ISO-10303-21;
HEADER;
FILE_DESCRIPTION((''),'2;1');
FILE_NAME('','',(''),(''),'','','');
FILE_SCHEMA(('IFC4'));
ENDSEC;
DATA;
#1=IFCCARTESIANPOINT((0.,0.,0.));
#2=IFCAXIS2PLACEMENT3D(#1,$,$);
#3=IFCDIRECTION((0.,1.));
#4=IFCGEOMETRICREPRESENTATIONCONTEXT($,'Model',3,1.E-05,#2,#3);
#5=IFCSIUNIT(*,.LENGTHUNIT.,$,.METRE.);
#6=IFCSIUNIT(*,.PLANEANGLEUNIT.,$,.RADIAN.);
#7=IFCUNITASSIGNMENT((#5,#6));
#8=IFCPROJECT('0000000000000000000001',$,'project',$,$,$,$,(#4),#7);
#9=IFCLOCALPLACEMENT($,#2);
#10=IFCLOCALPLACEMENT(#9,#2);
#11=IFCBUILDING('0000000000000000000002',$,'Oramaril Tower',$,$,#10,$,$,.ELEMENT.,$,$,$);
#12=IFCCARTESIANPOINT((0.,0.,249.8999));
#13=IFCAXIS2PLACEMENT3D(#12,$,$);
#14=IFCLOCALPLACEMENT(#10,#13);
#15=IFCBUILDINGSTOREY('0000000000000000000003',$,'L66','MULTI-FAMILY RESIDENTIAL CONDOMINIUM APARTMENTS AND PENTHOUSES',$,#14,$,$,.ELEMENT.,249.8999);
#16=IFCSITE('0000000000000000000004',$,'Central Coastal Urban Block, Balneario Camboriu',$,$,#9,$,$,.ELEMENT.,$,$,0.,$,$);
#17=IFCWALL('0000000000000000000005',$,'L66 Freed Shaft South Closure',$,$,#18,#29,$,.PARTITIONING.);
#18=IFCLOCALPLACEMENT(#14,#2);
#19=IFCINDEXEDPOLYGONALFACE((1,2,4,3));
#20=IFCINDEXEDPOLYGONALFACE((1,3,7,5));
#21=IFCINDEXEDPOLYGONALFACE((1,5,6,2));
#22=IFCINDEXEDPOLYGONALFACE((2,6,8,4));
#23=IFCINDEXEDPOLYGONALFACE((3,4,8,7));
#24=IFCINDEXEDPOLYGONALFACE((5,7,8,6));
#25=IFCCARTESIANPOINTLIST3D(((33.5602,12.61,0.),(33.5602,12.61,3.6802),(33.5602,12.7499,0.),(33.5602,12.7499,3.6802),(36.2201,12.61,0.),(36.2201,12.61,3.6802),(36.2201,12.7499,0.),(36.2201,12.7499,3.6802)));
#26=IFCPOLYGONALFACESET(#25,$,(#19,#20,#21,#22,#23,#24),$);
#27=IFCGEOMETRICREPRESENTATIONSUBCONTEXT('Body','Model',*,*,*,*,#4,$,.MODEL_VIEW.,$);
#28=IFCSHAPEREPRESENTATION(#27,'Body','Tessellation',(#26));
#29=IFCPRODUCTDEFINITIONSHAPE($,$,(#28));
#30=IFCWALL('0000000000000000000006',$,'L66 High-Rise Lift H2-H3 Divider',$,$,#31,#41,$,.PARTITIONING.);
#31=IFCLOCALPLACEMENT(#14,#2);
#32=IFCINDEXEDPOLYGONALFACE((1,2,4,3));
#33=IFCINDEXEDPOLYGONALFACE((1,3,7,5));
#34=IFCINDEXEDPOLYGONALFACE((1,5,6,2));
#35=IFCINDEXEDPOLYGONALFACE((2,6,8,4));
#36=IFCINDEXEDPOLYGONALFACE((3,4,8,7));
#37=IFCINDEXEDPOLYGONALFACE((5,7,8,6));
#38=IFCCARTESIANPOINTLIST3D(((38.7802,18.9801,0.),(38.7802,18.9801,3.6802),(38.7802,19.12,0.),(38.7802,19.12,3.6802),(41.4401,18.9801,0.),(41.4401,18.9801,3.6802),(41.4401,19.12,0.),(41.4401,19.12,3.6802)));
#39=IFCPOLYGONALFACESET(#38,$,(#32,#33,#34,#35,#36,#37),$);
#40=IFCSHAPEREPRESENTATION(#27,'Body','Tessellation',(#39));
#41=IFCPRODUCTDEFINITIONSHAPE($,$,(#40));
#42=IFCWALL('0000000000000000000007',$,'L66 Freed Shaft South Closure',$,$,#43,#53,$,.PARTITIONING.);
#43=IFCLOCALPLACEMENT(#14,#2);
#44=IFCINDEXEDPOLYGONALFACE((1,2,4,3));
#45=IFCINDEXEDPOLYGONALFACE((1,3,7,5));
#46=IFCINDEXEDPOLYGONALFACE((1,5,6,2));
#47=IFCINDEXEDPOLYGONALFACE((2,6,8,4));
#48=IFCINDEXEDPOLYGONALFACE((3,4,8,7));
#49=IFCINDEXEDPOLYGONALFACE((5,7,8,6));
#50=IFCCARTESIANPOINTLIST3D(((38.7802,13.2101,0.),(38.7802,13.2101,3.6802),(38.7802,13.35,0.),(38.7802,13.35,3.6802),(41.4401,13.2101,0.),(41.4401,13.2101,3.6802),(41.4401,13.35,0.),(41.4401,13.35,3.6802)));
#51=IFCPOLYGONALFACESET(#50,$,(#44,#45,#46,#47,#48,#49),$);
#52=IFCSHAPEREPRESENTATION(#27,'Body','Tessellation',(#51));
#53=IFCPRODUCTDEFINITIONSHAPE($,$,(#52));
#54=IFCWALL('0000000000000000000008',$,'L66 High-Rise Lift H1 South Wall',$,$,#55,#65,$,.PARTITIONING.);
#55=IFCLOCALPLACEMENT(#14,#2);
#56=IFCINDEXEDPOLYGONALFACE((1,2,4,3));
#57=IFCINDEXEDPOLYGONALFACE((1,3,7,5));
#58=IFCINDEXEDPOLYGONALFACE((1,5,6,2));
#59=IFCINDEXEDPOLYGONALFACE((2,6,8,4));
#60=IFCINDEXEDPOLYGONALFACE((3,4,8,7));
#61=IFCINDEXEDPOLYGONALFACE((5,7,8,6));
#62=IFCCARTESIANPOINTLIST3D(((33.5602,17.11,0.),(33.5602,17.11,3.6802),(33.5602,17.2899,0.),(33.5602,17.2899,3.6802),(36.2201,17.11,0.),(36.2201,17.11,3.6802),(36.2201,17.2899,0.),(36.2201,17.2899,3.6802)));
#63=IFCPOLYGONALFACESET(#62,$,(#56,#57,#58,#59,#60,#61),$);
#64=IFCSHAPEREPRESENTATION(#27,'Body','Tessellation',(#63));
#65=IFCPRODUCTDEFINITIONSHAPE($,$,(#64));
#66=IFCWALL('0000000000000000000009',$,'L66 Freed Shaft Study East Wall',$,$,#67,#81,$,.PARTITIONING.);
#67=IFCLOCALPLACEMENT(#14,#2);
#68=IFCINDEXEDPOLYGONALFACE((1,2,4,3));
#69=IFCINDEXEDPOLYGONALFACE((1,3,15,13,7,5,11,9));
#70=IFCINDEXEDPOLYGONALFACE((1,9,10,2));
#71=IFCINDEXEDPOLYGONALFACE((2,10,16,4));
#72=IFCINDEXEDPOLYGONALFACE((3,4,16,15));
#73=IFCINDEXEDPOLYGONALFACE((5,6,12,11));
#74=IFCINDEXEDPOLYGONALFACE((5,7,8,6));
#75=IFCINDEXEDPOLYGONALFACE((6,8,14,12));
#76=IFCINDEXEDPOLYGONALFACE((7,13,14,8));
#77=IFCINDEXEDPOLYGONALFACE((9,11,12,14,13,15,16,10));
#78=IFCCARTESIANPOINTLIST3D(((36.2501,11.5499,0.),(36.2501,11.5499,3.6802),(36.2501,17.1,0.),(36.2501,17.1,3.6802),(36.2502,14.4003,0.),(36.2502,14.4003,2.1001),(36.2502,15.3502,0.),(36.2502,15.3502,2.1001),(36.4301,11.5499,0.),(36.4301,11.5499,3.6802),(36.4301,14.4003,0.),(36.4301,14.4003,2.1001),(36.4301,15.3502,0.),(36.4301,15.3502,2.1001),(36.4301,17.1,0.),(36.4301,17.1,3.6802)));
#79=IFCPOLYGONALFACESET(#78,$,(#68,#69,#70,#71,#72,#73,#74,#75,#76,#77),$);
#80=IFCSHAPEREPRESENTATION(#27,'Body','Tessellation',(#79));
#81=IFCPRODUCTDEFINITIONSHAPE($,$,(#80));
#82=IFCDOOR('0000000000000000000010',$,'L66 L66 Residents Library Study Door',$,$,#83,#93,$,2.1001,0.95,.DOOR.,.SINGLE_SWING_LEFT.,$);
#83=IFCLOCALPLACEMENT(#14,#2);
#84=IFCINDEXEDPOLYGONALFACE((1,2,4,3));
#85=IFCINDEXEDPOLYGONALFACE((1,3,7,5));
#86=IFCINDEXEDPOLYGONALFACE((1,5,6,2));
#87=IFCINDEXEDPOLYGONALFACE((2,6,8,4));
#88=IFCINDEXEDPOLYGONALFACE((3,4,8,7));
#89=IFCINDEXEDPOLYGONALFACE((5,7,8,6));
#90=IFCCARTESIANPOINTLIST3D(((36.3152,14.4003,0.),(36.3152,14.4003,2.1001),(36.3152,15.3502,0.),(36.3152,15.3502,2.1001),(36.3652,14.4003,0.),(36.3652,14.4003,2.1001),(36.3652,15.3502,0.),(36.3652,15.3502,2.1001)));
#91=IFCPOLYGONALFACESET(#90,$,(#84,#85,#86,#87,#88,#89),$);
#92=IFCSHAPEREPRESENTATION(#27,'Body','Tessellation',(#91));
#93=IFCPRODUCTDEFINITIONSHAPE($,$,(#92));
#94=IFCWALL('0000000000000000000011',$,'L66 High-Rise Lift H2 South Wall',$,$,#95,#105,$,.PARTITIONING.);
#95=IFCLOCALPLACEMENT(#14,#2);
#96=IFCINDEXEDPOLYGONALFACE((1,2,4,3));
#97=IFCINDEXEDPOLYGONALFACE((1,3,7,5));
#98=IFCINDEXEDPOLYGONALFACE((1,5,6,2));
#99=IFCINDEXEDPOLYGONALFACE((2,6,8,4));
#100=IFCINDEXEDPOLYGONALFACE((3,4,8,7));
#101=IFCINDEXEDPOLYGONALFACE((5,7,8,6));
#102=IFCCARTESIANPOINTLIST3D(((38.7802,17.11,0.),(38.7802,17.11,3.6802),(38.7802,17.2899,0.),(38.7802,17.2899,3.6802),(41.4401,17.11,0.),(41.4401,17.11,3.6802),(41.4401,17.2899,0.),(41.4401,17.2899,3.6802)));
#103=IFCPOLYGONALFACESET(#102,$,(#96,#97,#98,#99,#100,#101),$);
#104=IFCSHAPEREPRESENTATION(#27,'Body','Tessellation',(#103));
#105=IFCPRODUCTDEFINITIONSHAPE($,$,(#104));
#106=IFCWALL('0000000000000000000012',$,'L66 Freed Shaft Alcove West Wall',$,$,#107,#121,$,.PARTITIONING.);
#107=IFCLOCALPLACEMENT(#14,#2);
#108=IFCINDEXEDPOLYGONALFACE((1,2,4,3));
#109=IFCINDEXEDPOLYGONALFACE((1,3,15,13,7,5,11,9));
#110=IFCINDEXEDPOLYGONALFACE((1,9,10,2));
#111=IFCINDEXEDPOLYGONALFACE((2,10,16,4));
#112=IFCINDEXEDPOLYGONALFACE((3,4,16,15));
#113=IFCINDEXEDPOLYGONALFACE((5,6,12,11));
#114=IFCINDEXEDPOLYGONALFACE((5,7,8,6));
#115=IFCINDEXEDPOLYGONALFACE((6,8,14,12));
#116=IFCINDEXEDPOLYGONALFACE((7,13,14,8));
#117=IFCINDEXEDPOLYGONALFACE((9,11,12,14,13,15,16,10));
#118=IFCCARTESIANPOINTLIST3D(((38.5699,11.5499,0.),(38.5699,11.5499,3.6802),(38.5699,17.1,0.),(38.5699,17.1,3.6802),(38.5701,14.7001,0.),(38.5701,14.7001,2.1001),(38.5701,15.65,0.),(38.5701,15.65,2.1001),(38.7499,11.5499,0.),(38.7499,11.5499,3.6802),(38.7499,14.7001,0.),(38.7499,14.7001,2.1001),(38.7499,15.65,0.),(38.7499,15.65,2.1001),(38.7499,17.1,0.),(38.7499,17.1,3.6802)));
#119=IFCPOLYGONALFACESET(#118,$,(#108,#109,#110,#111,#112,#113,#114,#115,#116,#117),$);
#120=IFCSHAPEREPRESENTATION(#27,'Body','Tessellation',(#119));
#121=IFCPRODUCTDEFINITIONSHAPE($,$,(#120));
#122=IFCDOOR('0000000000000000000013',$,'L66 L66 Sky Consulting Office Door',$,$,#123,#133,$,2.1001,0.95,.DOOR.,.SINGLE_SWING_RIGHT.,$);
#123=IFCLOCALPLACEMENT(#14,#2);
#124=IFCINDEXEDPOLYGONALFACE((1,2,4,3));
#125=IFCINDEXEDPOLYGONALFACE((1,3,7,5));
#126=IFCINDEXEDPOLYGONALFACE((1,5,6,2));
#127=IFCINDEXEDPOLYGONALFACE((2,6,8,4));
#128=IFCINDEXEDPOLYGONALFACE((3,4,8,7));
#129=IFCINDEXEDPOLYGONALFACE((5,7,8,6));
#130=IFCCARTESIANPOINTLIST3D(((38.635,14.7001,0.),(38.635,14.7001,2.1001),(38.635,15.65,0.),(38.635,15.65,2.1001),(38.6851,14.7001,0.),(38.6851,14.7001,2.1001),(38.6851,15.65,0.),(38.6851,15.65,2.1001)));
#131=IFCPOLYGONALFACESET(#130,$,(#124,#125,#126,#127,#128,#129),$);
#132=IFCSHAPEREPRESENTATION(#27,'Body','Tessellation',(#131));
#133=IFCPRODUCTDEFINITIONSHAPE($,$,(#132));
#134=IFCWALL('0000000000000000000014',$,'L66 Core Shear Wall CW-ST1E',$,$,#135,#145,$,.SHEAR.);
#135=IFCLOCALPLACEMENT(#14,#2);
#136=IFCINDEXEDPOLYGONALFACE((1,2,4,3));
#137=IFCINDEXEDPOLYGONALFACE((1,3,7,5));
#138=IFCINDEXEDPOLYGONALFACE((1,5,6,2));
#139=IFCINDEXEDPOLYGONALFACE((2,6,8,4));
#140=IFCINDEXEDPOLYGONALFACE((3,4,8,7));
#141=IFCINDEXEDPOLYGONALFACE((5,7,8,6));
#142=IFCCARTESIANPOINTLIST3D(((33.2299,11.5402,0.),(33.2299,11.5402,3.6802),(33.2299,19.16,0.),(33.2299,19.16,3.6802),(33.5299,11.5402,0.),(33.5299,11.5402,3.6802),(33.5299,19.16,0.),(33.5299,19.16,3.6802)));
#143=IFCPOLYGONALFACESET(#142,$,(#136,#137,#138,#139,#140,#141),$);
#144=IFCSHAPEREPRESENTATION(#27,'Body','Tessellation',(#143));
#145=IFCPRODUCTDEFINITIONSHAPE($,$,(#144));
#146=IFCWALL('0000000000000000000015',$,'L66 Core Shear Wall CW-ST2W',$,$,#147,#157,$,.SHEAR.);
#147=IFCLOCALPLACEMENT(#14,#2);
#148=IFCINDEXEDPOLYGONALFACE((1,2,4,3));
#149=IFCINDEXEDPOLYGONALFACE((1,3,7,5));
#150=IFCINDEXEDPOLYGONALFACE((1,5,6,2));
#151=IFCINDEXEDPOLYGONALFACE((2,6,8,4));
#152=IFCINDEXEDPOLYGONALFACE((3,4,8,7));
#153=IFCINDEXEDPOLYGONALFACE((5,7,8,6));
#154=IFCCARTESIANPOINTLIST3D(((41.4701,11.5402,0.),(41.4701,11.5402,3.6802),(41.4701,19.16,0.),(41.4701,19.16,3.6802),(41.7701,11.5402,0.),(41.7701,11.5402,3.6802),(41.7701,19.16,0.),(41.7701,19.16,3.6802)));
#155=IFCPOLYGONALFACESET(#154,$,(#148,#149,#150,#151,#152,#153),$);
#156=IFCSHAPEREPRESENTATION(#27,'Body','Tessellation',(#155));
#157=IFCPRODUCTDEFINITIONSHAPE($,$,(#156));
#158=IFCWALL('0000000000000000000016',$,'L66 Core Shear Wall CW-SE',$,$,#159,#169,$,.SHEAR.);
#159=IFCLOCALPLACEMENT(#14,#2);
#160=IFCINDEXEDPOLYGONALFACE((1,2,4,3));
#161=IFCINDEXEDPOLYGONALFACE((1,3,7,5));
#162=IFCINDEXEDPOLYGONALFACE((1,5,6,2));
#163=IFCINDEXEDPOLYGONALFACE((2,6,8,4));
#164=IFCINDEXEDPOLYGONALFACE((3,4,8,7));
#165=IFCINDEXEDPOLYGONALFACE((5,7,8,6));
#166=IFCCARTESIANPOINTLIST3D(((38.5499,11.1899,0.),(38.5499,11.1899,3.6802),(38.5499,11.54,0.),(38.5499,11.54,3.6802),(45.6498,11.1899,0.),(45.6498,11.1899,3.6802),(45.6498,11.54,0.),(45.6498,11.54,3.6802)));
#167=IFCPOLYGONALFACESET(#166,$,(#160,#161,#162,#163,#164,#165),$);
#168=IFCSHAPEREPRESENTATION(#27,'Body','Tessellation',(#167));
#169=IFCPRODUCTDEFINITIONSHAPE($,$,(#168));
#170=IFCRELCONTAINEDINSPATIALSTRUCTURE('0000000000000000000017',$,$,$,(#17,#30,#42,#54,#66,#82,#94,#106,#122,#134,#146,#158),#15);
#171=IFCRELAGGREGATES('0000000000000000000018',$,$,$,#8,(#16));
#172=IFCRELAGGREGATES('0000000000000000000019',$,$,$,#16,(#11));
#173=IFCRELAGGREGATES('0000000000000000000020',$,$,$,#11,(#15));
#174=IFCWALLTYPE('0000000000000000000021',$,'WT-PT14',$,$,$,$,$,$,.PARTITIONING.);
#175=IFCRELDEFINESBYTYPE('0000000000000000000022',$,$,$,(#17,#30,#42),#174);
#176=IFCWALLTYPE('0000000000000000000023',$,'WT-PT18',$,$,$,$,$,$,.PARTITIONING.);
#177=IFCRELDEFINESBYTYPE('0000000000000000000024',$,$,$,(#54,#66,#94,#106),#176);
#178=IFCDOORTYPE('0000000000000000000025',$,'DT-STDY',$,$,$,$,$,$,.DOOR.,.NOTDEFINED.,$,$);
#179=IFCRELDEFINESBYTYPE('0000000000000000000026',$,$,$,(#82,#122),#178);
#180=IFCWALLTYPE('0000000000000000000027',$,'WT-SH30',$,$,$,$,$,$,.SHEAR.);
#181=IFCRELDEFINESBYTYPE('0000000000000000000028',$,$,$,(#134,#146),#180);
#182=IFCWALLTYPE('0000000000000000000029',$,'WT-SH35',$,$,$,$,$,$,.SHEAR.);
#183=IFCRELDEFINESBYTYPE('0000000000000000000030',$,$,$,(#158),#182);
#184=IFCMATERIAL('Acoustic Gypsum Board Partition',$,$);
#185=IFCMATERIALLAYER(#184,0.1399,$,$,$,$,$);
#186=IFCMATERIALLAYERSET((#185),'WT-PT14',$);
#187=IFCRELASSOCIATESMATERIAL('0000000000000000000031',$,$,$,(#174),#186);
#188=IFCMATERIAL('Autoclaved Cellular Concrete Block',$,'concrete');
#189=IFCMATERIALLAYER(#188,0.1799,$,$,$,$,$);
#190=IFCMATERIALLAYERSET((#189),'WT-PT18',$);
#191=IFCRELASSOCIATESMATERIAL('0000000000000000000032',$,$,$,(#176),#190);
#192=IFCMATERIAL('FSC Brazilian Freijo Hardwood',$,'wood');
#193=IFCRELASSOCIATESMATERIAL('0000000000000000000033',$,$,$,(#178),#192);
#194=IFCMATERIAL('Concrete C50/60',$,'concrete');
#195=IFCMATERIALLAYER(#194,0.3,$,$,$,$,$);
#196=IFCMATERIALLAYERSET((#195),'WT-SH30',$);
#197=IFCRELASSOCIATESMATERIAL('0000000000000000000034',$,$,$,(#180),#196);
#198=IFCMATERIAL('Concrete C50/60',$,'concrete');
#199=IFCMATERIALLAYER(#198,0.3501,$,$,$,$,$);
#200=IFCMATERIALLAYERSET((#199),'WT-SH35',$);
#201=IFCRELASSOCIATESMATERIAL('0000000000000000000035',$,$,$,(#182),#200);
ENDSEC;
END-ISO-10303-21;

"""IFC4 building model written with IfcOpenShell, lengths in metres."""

from ifc_helpers import new_model, si_unit, direction, frame, frame_2d, origin, place, context, subcontext, project, spatial, rectangle, extrude, material, layer, layer_set, type_object, element, fill, save


model = new_model("IFC4")

# Units and contexts
model_context = context("Model", 3, precision=1e-05, world=origin(), true_north=direction((0.0, 1.0)))
body_context = subcontext(model_context, "Body", "Model", "MODEL_VIEW")
ifc_project = project(units=[si_unit("LENGTHUNIT", "METRE"), si_unit("PLANEANGLEUNIT", "RADIAN")], contexts=[model_context])

# Site, building, storey
site_placement = place(None, origin())
site = spatial("IfcSite", under=ifc_project, at=site_placement, Name="Central Coastal Urban Block, Balneario Camboriu", CompositionType="ELEMENT", RefElevation=0.0)
building_placement = place(site_placement, origin())
building = spatial("IfcBuilding", under=site, at=building_placement, Name="Oramaril Tower", CompositionType="ELEMENT")
storey_placement = place(building_placement, frame((0.0, 0.0, 249.8999)))
storey = spatial("IfcBuildingStorey", under=building, at=storey_placement, Name="L66", Description="MULTI-FAMILY RESIDENTIAL CONDOMINIUM APARTMENTS AND PENTHOUSES", CompositionType="ELEMENT", Elevation=249.8999)

# Walls
ifc_material_1 = material(Name="Acoustic Gypsum Board Partition")
ifc_layer_1 = layer(ifc_material_1, 0.1399)
ifc_layer_set_1 = layer_set([ifc_layer_1], Name="WT-PT14")
wall_type_1 = type_object("IfcWallType", Name="WT-PT14", PredefinedType="PARTITIONING", material=ifc_layer_set_1)
for number, where, z_axis, x_axis, name in (
    (1, (33.5601, 12.6799, 0.0), (0.0, 0.0, 1.0), (1.0, 0.0, 0.0), "L66 Freed Shaft South Closure"),
    (2, (38.78, 19.05, 0.0), (0.0, 0.0, 1.0), (1.0, 0.0, 0.0), "L66 High-Rise Lift H2-H3 Divider"),
    (3, (38.78, 13.28, 0.0), (0.0, 0.0, 1.0), (1.0, 0.0, 0.0), "L66 Freed Shaft South Closure"),
):
    element("IfcWall", number, at=place(storey_placement, frame(where, z_axis=z_axis, x_axis=x_axis)), inside=storey, type_object=wall_type_1, Name=name, PredefinedType="PARTITIONING", context=body_context, shape_type="SweptSolid", body=[
        extrude(rectangle(XDim=2.6599, YDim=0.1399, at=frame_2d((1.3301, 0.0))), origin(), (0.0, 0.0, 1.0), 3.6802),
    ])
ifc_material_2 = material(Name="Autoclaved Cellular Concrete Block", Category="concrete")
ifc_layer_2 = layer(ifc_material_2, 0.1799)
ifc_layer_set_2 = layer_set([ifc_layer_2], Name="WT-PT18")
wall_type_2 = type_object("IfcWallType", Name="WT-PT18", PredefinedType="PARTITIONING", material=ifc_layer_set_2)
wall_1_placement = place(storey_placement, frame((33.5601, 17.2, 0.0), z_axis=(0.0, 0.0, 1.0), x_axis=(1.0, 0.0, 0.0)))
element("IfcWall", 4, at=wall_1_placement, inside=storey, type_object=wall_type_2, Name="L66 High-Rise Lift H1 South Wall", PredefinedType="PARTITIONING", context=body_context, shape_type="SweptSolid", body=[
    extrude(rectangle(XDim=2.6599, YDim=0.1799, at=frame_2d((1.3301, 0.0))), origin(), (0.0, 0.0, 1.0), 3.6802),
])

# Wall, opening, door
wall_2_placement = place(storey_placement, frame((36.3401, 11.55, 0.0), z_axis=(0.0, 0.0, 1.0), x_axis=(0.0, 1.0, 0.0)))
wall_2 = element("IfcWall", 5, at=wall_2_placement, inside=storey, type_object=wall_type_2, Name="L66 Freed Shaft Study East Wall", PredefinedType="PARTITIONING", context=body_context, shape_type="SweptSolid", body=[
    extrude(rectangle(XDim=5.55, YDim=0.1799, at=frame_2d((2.7749, 0.0))), origin(), (0.0, 0.0, 1.0), 3.6802),
])
opening_1_placement = place(wall_2_placement, frame((2.8501, 0.0, 0.0)))
opening_1 = element("IfcOpeningElement", 6, at=opening_1_placement, cuts=wall_2, PredefinedType="OPENING", context=body_context, shape_type="SweptSolid", body=[
    extrude(rectangle(XDim=0.95, YDim=2.1001, at=frame_2d((0.4751, 1.05))), frame((0.0, 0.0898, 0.0), z_axis=(0.0, -1.0, 0.0), x_axis=(1.0, 0.0, 0.0)), (0.0, 0.0, 1.0), 0.1799),
])
ifc_material_3 = material(Name="FSC Brazilian Freijo Hardwood", Category="wood")
door_type_1 = type_object("IfcDoorType", Name="DT-STDY", OperationType="NOTDEFINED", PredefinedType="DOOR", material=ifc_material_3)
door_1_placement = place(opening_1_placement, origin())
door_1 = element("IfcDoor", 7, at=door_1_placement, inside=storey, type_object=door_type_1, Name="L66 L66 Residents Library Study Door", OperationType="SINGLE_SWING_LEFT", OverallHeight=2.1001, OverallWidth=0.95, PredefinedType="DOOR", context=body_context, shape_type="SweptSolid", body=[
    extrude(rectangle(XDim=0.95, YDim=2.1001, at=frame_2d((0.4751, 1.05))), frame((0.0, 0.0249, 0.0), z_axis=(0.0, -1.0, 0.0), x_axis=(1.0, 0.0, 0.0)), (0.0, 0.0, 1.0), 0.05),
])
fill(opening_1, door_1)

# Wall
wall_3_placement = place(storey_placement, frame((38.78, 17.2, 0.0), z_axis=(0.0, 0.0, 1.0), x_axis=(1.0, 0.0, 0.0)))
element("IfcWall", 8, at=wall_3_placement, inside=storey, type_object=wall_type_2, Name="L66 High-Rise Lift H2 South Wall", PredefinedType="PARTITIONING", context=body_context, shape_type="SweptSolid", body=[
    extrude(rectangle(XDim=2.6599, YDim=0.1799, at=frame_2d((1.3301, 0.0))), origin(), (0.0, 0.0, 1.0), 3.6802),
])

# Wall, opening, door
wall_4_placement = place(storey_placement, frame((38.6599, 11.55, 0.0), z_axis=(0.0, 0.0, 1.0), x_axis=(0.0, 1.0, 0.0)))
wall_4 = element("IfcWall", 9, at=wall_4_placement, inside=storey, type_object=wall_type_2, Name="L66 Freed Shaft Alcove West Wall", PredefinedType="PARTITIONING", context=body_context, shape_type="SweptSolid", body=[
    extrude(rectangle(XDim=5.55, YDim=0.1799, at=frame_2d((2.7749, 0.0))), origin(), (0.0, 0.0, 1.0), 3.6802),
])
opening_2_placement = place(wall_4_placement, frame((3.1499, 0.0, 0.0)))
opening_2 = element("IfcOpeningElement", 10, at=opening_2_placement, cuts=wall_4, PredefinedType="OPENING", context=body_context, shape_type="SweptSolid", body=[
    extrude(rectangle(XDim=0.95, YDim=2.1001, at=frame_2d((0.4751, 1.05))), frame((0.0, 0.0898, 0.0), z_axis=(0.0, -1.0, 0.0), x_axis=(1.0, 0.0, 0.0)), (0.0, 0.0, 1.0), 0.1799),
])
door_2_placement = place(opening_2_placement, origin())
door_2 = element("IfcDoor", 11, at=door_2_placement, inside=storey, type_object=door_type_1, Name="L66 L66 Sky Consulting Office Door", OperationType="SINGLE_SWING_RIGHT", OverallHeight=2.1001, OverallWidth=0.95, PredefinedType="DOOR", context=body_context, shape_type="SweptSolid", body=[
    extrude(rectangle(XDim=0.95, YDim=2.1001, at=frame_2d((0.4751, 1.05))), frame((0.0, 0.0249, 0.0), z_axis=(0.0, -1.0, 0.0), x_axis=(1.0, 0.0, 0.0)), (0.0, 0.0, 1.0), 0.05),
])
fill(opening_2, door_2)

# Walls
ifc_material_4 = material(Name="Concrete C50/60", Category="concrete")
ifc_layer_3 = layer(ifc_material_4, 0.3)
ifc_layer_set_3 = layer_set([ifc_layer_3], Name="WT-SH30")
wall_type_3 = type_object("IfcWallType", Name="WT-SH30", PredefinedType="SHEAR", material=ifc_layer_set_3)
for number, where, z_axis, x_axis, name in (
    (12, (33.3799, 11.54, 0.0), (0.0, 0.0, 1.0), (0.0, 1.0, 0.0), "L66 Core Shear Wall CW-ST1E"),
    (13, (41.6201, 11.54, 0.0), (0.0, 0.0, 1.0), (0.0, 1.0, 0.0), "L66 Core Shear Wall CW-ST2W"),
):
    element("IfcWall", number, at=place(storey_placement, frame(where, z_axis=z_axis, x_axis=x_axis)), inside=storey, type_object=wall_type_3, Name=name, PredefinedType="SHEAR", context=body_context, shape_type="SweptSolid", body=[
        extrude(rectangle(XDim=7.6199, YDim=0.3, at=frame_2d((3.8101, 0.0))), origin(), (0.0, 0.0, 1.0), 3.6802),
    ])
ifc_material_5 = material(Name="Concrete C50/60", Category="concrete")
ifc_layer_4 = layer(ifc_material_5, 0.3501)
ifc_layer_set_4 = layer_set([ifc_layer_4], Name="WT-SH35")
wall_type_4 = type_object("IfcWallType", Name="WT-SH35", PredefinedType="SHEAR", material=ifc_layer_set_4)
wall_5_placement = place(storey_placement, frame((38.55, 11.365, 0.0), z_axis=(0.0, 0.0, 1.0), x_axis=(1.0, 0.0, 0.0)))
element("IfcWall", 14, at=wall_5_placement, inside=storey, type_object=wall_type_4, Name="L66 Core Shear Wall CW-SE", PredefinedType="SHEAR", context=body_context, shape_type="SweptSolid", body=[
    extrude(rectangle(XDim=7.0999, YDim=0.3501, at=frame_2d((3.5498, 0.0))), origin(), (0.0, 0.0, 1.0), 3.6802),
])

save(model, "model.ifc")
